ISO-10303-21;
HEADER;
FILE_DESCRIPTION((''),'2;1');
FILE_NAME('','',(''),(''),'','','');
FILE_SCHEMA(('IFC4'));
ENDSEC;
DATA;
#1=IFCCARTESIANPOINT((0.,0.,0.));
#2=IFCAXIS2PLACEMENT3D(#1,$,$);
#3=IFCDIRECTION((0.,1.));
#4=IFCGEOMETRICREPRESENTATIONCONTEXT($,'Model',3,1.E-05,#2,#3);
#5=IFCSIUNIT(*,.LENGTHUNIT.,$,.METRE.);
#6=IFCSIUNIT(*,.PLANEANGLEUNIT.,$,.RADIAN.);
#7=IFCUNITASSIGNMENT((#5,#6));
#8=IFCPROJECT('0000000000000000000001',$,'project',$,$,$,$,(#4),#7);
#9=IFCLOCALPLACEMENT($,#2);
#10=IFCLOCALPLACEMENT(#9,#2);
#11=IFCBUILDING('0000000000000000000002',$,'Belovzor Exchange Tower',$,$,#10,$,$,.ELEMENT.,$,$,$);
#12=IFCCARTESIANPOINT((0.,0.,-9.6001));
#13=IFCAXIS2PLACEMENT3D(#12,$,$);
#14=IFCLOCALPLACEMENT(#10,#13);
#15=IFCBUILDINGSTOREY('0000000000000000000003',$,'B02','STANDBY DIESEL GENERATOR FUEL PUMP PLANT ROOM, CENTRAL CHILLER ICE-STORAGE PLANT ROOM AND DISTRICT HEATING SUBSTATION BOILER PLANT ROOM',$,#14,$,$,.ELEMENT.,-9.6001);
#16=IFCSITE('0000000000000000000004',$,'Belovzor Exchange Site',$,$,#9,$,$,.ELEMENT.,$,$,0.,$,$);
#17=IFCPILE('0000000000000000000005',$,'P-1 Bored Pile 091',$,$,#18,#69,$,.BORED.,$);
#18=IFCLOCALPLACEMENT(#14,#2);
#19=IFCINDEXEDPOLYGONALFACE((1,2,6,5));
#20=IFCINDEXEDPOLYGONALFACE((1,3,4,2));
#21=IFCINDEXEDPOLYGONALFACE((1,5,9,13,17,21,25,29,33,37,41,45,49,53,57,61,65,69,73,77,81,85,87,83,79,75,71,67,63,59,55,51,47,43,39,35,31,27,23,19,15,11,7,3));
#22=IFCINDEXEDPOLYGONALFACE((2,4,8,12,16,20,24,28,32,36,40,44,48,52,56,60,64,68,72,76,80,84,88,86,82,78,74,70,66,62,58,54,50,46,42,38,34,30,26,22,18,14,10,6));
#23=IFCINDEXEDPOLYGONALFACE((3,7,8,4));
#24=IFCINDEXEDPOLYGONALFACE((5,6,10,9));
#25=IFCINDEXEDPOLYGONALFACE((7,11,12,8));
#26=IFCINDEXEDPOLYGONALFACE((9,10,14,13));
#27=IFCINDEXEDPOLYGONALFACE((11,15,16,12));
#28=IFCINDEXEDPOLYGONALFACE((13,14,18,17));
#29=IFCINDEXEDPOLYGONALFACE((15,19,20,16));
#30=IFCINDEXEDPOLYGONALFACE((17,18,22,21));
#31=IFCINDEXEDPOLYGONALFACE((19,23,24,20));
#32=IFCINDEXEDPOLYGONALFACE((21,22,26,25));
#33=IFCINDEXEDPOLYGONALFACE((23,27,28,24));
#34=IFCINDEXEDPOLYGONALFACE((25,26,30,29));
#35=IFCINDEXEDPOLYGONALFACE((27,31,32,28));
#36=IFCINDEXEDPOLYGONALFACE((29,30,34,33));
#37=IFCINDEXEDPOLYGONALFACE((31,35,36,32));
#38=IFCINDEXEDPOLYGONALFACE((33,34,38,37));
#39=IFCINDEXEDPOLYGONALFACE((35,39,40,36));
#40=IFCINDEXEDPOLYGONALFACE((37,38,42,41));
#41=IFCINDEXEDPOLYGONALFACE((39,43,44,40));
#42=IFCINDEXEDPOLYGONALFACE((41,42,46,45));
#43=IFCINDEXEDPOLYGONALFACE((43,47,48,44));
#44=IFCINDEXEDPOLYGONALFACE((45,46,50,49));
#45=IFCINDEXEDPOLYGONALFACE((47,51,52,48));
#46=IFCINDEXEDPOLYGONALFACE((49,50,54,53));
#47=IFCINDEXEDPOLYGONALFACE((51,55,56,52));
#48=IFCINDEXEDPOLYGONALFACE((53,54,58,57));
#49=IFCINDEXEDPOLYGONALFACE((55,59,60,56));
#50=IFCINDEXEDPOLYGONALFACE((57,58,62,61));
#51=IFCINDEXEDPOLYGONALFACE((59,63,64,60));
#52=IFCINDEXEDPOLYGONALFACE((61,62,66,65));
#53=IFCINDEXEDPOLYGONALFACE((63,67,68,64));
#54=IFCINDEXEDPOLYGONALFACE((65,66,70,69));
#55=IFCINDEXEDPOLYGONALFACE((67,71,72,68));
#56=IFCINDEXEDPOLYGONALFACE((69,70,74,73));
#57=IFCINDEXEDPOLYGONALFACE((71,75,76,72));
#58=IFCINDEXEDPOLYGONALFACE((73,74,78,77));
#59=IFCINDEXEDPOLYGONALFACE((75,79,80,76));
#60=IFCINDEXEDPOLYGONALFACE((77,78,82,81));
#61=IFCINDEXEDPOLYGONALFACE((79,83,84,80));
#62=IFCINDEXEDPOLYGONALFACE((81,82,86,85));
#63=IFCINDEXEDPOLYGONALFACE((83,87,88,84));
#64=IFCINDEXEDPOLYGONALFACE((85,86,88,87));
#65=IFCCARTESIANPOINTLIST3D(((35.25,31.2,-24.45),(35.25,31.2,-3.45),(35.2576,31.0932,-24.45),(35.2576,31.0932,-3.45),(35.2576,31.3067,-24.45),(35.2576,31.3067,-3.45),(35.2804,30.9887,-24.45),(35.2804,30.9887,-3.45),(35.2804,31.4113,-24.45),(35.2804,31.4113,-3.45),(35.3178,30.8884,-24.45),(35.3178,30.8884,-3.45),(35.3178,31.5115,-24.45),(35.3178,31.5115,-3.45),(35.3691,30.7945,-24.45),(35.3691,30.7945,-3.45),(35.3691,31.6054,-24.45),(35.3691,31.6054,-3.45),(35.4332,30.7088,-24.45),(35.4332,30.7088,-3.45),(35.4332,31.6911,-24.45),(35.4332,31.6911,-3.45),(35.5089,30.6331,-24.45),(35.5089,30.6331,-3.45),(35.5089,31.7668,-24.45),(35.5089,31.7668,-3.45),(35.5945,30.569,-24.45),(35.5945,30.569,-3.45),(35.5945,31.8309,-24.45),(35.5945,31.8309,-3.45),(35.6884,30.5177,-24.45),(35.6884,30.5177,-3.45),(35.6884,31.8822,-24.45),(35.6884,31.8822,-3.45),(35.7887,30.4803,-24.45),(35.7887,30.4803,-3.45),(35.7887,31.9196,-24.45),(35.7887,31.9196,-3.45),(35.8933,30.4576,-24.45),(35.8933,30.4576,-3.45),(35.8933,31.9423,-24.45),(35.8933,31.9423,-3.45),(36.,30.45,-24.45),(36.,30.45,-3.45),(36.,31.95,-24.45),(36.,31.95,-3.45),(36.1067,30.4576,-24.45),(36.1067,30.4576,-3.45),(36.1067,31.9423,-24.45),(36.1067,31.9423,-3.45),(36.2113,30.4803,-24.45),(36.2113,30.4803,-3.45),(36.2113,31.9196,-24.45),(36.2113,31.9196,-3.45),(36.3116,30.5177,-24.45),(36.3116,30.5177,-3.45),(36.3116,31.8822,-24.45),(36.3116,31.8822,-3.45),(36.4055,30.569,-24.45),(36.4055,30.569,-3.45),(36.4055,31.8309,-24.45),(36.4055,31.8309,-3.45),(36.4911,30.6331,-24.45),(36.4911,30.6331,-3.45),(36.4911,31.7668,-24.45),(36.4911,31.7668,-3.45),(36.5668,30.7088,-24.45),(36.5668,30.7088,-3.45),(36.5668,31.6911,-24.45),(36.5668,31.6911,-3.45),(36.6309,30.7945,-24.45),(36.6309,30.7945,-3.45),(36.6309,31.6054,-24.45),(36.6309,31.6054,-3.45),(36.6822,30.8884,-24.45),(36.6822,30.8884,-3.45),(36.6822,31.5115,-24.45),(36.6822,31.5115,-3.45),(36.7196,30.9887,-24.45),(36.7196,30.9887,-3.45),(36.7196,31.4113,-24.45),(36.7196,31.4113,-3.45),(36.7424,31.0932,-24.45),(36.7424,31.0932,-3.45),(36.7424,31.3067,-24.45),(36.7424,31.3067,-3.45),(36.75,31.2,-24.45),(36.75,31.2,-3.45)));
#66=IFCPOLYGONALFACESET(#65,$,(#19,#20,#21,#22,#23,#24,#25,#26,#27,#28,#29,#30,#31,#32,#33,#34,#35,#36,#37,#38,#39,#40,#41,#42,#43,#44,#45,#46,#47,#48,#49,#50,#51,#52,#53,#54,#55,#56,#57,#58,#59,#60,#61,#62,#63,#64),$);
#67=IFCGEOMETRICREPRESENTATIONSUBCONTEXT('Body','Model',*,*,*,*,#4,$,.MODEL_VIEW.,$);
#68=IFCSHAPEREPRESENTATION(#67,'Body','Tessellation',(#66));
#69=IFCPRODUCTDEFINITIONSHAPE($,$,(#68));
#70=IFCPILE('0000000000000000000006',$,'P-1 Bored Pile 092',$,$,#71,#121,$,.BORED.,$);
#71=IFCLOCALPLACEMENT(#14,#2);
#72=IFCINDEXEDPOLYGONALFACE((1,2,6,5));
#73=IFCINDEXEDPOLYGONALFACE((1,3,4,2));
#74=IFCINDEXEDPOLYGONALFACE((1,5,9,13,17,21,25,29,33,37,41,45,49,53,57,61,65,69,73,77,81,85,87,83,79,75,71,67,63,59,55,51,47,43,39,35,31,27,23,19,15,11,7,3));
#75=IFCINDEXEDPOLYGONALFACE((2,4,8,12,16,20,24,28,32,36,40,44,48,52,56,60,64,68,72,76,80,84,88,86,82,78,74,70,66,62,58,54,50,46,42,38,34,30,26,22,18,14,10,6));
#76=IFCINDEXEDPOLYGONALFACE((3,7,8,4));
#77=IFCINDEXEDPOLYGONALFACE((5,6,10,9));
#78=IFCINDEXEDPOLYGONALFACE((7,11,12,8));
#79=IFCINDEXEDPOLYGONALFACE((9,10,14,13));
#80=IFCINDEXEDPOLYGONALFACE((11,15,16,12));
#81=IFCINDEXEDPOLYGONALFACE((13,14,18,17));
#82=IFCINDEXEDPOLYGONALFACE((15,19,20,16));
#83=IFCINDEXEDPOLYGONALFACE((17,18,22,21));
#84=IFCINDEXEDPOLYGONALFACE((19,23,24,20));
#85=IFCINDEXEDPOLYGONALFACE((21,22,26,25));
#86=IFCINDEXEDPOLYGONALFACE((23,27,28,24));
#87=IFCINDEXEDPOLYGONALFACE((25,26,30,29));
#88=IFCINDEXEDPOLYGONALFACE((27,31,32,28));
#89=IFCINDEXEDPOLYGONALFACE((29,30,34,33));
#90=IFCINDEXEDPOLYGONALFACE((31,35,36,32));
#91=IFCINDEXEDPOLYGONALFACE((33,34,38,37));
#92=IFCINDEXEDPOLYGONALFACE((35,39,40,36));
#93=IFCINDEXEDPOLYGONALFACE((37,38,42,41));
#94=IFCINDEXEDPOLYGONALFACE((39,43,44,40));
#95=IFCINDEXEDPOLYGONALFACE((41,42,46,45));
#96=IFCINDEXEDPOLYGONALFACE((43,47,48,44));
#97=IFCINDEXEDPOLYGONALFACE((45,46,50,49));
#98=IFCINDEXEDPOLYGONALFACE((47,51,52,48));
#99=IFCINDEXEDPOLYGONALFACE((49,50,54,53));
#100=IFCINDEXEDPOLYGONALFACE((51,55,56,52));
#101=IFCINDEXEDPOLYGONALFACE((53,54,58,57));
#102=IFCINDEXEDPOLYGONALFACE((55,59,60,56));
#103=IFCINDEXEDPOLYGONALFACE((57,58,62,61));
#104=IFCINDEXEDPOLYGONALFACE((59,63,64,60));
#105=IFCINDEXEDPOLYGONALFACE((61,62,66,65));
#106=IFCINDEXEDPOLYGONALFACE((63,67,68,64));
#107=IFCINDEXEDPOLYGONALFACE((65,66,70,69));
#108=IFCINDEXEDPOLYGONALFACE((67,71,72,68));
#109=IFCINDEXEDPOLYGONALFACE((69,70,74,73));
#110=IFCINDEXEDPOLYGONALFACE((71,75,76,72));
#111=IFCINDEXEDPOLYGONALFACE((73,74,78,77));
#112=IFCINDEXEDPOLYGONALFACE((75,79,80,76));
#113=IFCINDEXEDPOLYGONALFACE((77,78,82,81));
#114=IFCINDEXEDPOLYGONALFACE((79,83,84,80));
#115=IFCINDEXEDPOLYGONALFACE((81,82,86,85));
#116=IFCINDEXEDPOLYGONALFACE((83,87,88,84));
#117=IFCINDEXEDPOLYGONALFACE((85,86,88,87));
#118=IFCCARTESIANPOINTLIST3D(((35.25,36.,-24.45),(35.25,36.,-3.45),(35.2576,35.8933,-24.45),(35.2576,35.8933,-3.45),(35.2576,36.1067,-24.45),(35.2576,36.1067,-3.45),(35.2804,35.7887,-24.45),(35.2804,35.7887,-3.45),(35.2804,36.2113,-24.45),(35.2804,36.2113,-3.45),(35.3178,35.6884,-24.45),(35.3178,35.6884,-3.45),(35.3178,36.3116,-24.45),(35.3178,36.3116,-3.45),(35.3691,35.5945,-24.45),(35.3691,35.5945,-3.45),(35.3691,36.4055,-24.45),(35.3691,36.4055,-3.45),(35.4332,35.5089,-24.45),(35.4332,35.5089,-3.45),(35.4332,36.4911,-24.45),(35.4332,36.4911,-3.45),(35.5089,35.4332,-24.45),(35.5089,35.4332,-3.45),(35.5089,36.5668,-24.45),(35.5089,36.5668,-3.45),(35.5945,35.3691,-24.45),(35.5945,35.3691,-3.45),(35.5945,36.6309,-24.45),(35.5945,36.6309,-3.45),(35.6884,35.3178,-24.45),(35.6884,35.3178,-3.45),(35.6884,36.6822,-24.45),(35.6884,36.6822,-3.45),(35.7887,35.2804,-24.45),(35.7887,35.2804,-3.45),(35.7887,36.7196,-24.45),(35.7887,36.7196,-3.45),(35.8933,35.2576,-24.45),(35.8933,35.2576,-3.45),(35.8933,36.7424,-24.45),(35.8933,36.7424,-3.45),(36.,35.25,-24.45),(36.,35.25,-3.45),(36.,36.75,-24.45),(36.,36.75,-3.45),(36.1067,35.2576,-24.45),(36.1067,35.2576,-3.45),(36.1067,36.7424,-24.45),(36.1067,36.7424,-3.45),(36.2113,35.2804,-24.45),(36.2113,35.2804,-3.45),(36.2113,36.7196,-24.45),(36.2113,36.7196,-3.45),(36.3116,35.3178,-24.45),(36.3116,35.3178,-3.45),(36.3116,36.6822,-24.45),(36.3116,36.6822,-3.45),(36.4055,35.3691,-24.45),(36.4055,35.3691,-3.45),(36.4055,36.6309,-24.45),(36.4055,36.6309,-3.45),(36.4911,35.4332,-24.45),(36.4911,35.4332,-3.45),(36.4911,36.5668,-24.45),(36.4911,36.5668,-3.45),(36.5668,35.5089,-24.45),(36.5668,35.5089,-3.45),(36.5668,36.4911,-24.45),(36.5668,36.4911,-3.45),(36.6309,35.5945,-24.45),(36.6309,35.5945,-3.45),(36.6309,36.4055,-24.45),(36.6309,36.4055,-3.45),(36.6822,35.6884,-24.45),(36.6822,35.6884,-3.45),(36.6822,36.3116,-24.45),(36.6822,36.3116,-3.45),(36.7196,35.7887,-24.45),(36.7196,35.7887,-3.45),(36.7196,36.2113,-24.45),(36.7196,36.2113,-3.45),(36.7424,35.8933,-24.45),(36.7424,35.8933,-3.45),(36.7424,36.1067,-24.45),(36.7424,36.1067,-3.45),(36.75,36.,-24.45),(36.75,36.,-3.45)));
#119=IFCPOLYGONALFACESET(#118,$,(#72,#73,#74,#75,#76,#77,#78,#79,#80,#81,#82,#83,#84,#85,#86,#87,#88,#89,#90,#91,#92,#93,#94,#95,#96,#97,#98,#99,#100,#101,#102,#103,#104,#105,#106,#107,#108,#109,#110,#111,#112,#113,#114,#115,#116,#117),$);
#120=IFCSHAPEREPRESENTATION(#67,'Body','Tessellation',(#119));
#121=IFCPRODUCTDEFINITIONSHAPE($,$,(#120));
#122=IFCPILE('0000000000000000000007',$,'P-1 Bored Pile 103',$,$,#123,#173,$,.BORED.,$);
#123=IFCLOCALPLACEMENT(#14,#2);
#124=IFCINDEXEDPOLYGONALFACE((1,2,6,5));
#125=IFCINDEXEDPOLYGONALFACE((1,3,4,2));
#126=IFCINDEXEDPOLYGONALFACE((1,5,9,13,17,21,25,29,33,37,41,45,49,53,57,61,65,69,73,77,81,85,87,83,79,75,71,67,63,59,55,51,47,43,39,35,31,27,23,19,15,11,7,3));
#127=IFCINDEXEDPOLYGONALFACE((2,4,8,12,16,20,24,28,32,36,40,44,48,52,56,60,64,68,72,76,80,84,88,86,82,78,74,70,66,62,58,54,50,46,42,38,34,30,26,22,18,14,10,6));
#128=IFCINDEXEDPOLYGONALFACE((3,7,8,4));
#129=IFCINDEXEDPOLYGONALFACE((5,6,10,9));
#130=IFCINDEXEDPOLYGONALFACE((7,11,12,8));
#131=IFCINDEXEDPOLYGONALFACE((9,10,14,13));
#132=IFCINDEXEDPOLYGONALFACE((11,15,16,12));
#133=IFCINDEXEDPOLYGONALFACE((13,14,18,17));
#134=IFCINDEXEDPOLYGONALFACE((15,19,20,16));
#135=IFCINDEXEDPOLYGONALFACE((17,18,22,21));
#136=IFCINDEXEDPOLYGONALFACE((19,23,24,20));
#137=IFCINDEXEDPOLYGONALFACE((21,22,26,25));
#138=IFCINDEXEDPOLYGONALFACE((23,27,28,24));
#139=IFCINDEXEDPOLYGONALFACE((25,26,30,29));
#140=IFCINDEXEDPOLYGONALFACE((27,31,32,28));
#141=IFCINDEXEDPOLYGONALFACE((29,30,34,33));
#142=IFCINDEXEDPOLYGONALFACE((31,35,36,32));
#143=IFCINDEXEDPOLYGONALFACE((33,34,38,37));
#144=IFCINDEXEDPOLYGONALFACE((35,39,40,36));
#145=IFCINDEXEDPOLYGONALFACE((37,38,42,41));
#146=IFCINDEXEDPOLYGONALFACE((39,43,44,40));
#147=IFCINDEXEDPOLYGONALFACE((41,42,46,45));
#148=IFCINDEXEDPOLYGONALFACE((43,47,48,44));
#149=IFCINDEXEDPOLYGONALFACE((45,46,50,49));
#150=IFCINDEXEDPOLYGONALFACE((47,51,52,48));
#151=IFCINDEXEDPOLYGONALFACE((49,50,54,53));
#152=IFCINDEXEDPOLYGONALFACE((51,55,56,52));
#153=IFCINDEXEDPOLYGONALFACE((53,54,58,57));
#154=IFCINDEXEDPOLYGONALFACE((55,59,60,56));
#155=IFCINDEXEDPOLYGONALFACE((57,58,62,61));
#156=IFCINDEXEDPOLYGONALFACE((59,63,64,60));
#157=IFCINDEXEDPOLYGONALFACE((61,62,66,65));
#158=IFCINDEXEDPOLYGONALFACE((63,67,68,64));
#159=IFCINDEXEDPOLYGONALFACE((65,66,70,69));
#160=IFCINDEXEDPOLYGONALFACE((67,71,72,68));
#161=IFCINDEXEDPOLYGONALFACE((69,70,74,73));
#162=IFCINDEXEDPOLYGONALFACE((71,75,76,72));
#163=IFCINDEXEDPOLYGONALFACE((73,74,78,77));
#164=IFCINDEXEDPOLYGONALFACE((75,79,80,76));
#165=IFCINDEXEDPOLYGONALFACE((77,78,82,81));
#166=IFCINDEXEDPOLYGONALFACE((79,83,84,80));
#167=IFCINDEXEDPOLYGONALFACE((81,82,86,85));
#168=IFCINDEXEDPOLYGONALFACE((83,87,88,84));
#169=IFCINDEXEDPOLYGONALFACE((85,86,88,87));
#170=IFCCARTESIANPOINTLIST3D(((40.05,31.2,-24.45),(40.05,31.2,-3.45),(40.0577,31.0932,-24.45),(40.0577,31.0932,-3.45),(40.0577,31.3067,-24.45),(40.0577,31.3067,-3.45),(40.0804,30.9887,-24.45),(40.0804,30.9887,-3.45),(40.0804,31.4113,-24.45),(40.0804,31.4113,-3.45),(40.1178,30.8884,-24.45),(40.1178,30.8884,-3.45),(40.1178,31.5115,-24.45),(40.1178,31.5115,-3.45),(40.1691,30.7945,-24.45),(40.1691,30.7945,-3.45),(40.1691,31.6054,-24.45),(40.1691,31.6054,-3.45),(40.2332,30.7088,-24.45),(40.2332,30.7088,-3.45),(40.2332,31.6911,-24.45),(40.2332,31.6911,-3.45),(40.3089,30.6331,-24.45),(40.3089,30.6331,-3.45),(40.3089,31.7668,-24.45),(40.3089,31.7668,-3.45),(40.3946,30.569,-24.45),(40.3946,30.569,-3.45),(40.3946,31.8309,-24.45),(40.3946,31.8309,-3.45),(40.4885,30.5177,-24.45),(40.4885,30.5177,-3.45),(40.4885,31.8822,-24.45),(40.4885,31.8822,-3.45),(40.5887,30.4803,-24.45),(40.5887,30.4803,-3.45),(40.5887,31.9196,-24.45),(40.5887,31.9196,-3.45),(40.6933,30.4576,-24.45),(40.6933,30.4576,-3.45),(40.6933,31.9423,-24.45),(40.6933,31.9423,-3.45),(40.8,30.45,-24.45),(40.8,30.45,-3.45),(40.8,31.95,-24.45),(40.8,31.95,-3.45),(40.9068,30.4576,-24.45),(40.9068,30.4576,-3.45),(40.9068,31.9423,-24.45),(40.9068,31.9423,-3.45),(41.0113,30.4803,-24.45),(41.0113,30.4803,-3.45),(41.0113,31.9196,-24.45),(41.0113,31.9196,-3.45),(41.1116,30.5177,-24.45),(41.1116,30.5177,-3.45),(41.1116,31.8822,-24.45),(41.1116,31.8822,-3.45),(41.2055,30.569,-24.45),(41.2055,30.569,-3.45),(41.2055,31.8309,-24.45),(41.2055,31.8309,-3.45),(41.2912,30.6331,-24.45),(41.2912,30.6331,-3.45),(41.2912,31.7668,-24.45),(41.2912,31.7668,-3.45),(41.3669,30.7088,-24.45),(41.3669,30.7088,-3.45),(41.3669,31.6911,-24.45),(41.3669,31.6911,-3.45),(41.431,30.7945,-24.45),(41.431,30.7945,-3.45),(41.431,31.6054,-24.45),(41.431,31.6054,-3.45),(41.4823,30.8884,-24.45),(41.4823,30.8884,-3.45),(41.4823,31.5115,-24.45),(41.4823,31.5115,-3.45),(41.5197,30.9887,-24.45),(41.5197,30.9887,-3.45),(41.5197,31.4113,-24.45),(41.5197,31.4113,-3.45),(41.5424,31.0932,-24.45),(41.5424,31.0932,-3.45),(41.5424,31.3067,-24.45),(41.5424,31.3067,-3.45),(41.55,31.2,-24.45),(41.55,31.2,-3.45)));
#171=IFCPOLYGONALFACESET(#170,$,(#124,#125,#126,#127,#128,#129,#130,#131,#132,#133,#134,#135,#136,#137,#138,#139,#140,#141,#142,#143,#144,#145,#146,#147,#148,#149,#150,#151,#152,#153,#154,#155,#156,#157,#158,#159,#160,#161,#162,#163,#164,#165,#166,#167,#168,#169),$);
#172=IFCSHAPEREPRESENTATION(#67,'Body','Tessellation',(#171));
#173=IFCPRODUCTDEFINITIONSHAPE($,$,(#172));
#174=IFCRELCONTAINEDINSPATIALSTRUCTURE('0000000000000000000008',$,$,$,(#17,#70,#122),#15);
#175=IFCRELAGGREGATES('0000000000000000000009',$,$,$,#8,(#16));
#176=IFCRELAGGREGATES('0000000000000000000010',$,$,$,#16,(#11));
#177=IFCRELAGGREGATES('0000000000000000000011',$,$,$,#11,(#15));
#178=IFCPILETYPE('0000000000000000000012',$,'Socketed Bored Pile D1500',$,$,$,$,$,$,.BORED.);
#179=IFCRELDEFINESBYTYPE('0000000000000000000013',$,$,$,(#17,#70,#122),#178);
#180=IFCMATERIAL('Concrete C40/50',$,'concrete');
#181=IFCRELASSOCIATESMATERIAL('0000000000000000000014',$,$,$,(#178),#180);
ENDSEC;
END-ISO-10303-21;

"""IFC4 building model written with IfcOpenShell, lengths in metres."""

from ifc_helpers import new_model, si_unit, direction, frame, origin, origin_2d, place, context, subcontext, project, spatial, circle, extrude, material, material_profile, profile_set, type_object, element, save


model = new_model("IFC4")

# Units and contexts
model_context = context("Model", 3, precision=1e-05, world=origin(), true_north=direction((0.0, 1.0)))
body_context = subcontext(model_context, "Body", "Model", "MODEL_VIEW")
ifc_project = project(units=[si_unit("LENGTHUNIT", "METRE"), si_unit("PLANEANGLEUNIT", "RADIAN")], contexts=[model_context])

# Site, building, storey
site_placement = place(None, origin())
site = spatial("IfcSite", under=ifc_project, at=site_placement, Name="Belovzor Exchange Site", CompositionType="ELEMENT", RefElevation=0.0)
building_placement = place(site_placement, origin())
building = spatial("IfcBuilding", under=site, at=building_placement, Name="Belovzor Exchange Tower", CompositionType="ELEMENT")
storey_placement = place(building_placement, frame((0.0, 0.0, -9.6001)))
storey = spatial("IfcBuildingStorey", under=building, at=storey_placement, Name="B02", Description="STANDBY DIESEL GENERATOR FUEL PUMP PLANT ROOM, CENTRAL CHILLER ICE-STORAGE PLANT ROOM AND DISTRICT HEATING SUBSTATION BOILER PLANT ROOM", CompositionType="ELEMENT", Elevation=-9.6001)

# Piles
ifc_material_1 = material(Name="Concrete C40/50", Category="concrete")
ifc_material_profile_1 = material_profile(ifc_material_1, circle(Radius=0.75, at=origin_2d()))
ifc_profile_set_1 = profile_set([ifc_material_profile_1], Name="Concrete C40/50")
pile_type_1 = type_object("IfcPileType", Name="Socketed Bored Pile D1500", PredefinedType="BORED", material=ifc_profile_set_1)
for number, where, z_axis, x_axis, name in (
    (1, (36.0, 31.2, -3.45), (0.0, 0.0, -1.0), (1.0, 0.0, 0.0), "P-1 Bored Pile 091"),
    (2, (36.0, 36.0, -3.45), (0.0, 0.0, -1.0), (1.0, 0.0, 0.0), "P-1 Bored Pile 092"),
    (3, (40.8, 31.2, -3.45), (0.0, 0.0, -1.0), (1.0, 0.0, 0.0), "P-1 Bored Pile 103"),
):
    element("IfcPile", number, at=place(storey_placement, frame(where, z_axis=z_axis, x_axis=x_axis)), inside=storey, type_object=pile_type_1, Name=name, PredefinedType="BORED", context=body_context, shape_type="SweptSolid", body=[
        extrude(circle(Radius=0.75, at=origin_2d()), origin(), (0.0, 0.0, 1.0), 21.0),
    ])

save(model, "model.ifc")
